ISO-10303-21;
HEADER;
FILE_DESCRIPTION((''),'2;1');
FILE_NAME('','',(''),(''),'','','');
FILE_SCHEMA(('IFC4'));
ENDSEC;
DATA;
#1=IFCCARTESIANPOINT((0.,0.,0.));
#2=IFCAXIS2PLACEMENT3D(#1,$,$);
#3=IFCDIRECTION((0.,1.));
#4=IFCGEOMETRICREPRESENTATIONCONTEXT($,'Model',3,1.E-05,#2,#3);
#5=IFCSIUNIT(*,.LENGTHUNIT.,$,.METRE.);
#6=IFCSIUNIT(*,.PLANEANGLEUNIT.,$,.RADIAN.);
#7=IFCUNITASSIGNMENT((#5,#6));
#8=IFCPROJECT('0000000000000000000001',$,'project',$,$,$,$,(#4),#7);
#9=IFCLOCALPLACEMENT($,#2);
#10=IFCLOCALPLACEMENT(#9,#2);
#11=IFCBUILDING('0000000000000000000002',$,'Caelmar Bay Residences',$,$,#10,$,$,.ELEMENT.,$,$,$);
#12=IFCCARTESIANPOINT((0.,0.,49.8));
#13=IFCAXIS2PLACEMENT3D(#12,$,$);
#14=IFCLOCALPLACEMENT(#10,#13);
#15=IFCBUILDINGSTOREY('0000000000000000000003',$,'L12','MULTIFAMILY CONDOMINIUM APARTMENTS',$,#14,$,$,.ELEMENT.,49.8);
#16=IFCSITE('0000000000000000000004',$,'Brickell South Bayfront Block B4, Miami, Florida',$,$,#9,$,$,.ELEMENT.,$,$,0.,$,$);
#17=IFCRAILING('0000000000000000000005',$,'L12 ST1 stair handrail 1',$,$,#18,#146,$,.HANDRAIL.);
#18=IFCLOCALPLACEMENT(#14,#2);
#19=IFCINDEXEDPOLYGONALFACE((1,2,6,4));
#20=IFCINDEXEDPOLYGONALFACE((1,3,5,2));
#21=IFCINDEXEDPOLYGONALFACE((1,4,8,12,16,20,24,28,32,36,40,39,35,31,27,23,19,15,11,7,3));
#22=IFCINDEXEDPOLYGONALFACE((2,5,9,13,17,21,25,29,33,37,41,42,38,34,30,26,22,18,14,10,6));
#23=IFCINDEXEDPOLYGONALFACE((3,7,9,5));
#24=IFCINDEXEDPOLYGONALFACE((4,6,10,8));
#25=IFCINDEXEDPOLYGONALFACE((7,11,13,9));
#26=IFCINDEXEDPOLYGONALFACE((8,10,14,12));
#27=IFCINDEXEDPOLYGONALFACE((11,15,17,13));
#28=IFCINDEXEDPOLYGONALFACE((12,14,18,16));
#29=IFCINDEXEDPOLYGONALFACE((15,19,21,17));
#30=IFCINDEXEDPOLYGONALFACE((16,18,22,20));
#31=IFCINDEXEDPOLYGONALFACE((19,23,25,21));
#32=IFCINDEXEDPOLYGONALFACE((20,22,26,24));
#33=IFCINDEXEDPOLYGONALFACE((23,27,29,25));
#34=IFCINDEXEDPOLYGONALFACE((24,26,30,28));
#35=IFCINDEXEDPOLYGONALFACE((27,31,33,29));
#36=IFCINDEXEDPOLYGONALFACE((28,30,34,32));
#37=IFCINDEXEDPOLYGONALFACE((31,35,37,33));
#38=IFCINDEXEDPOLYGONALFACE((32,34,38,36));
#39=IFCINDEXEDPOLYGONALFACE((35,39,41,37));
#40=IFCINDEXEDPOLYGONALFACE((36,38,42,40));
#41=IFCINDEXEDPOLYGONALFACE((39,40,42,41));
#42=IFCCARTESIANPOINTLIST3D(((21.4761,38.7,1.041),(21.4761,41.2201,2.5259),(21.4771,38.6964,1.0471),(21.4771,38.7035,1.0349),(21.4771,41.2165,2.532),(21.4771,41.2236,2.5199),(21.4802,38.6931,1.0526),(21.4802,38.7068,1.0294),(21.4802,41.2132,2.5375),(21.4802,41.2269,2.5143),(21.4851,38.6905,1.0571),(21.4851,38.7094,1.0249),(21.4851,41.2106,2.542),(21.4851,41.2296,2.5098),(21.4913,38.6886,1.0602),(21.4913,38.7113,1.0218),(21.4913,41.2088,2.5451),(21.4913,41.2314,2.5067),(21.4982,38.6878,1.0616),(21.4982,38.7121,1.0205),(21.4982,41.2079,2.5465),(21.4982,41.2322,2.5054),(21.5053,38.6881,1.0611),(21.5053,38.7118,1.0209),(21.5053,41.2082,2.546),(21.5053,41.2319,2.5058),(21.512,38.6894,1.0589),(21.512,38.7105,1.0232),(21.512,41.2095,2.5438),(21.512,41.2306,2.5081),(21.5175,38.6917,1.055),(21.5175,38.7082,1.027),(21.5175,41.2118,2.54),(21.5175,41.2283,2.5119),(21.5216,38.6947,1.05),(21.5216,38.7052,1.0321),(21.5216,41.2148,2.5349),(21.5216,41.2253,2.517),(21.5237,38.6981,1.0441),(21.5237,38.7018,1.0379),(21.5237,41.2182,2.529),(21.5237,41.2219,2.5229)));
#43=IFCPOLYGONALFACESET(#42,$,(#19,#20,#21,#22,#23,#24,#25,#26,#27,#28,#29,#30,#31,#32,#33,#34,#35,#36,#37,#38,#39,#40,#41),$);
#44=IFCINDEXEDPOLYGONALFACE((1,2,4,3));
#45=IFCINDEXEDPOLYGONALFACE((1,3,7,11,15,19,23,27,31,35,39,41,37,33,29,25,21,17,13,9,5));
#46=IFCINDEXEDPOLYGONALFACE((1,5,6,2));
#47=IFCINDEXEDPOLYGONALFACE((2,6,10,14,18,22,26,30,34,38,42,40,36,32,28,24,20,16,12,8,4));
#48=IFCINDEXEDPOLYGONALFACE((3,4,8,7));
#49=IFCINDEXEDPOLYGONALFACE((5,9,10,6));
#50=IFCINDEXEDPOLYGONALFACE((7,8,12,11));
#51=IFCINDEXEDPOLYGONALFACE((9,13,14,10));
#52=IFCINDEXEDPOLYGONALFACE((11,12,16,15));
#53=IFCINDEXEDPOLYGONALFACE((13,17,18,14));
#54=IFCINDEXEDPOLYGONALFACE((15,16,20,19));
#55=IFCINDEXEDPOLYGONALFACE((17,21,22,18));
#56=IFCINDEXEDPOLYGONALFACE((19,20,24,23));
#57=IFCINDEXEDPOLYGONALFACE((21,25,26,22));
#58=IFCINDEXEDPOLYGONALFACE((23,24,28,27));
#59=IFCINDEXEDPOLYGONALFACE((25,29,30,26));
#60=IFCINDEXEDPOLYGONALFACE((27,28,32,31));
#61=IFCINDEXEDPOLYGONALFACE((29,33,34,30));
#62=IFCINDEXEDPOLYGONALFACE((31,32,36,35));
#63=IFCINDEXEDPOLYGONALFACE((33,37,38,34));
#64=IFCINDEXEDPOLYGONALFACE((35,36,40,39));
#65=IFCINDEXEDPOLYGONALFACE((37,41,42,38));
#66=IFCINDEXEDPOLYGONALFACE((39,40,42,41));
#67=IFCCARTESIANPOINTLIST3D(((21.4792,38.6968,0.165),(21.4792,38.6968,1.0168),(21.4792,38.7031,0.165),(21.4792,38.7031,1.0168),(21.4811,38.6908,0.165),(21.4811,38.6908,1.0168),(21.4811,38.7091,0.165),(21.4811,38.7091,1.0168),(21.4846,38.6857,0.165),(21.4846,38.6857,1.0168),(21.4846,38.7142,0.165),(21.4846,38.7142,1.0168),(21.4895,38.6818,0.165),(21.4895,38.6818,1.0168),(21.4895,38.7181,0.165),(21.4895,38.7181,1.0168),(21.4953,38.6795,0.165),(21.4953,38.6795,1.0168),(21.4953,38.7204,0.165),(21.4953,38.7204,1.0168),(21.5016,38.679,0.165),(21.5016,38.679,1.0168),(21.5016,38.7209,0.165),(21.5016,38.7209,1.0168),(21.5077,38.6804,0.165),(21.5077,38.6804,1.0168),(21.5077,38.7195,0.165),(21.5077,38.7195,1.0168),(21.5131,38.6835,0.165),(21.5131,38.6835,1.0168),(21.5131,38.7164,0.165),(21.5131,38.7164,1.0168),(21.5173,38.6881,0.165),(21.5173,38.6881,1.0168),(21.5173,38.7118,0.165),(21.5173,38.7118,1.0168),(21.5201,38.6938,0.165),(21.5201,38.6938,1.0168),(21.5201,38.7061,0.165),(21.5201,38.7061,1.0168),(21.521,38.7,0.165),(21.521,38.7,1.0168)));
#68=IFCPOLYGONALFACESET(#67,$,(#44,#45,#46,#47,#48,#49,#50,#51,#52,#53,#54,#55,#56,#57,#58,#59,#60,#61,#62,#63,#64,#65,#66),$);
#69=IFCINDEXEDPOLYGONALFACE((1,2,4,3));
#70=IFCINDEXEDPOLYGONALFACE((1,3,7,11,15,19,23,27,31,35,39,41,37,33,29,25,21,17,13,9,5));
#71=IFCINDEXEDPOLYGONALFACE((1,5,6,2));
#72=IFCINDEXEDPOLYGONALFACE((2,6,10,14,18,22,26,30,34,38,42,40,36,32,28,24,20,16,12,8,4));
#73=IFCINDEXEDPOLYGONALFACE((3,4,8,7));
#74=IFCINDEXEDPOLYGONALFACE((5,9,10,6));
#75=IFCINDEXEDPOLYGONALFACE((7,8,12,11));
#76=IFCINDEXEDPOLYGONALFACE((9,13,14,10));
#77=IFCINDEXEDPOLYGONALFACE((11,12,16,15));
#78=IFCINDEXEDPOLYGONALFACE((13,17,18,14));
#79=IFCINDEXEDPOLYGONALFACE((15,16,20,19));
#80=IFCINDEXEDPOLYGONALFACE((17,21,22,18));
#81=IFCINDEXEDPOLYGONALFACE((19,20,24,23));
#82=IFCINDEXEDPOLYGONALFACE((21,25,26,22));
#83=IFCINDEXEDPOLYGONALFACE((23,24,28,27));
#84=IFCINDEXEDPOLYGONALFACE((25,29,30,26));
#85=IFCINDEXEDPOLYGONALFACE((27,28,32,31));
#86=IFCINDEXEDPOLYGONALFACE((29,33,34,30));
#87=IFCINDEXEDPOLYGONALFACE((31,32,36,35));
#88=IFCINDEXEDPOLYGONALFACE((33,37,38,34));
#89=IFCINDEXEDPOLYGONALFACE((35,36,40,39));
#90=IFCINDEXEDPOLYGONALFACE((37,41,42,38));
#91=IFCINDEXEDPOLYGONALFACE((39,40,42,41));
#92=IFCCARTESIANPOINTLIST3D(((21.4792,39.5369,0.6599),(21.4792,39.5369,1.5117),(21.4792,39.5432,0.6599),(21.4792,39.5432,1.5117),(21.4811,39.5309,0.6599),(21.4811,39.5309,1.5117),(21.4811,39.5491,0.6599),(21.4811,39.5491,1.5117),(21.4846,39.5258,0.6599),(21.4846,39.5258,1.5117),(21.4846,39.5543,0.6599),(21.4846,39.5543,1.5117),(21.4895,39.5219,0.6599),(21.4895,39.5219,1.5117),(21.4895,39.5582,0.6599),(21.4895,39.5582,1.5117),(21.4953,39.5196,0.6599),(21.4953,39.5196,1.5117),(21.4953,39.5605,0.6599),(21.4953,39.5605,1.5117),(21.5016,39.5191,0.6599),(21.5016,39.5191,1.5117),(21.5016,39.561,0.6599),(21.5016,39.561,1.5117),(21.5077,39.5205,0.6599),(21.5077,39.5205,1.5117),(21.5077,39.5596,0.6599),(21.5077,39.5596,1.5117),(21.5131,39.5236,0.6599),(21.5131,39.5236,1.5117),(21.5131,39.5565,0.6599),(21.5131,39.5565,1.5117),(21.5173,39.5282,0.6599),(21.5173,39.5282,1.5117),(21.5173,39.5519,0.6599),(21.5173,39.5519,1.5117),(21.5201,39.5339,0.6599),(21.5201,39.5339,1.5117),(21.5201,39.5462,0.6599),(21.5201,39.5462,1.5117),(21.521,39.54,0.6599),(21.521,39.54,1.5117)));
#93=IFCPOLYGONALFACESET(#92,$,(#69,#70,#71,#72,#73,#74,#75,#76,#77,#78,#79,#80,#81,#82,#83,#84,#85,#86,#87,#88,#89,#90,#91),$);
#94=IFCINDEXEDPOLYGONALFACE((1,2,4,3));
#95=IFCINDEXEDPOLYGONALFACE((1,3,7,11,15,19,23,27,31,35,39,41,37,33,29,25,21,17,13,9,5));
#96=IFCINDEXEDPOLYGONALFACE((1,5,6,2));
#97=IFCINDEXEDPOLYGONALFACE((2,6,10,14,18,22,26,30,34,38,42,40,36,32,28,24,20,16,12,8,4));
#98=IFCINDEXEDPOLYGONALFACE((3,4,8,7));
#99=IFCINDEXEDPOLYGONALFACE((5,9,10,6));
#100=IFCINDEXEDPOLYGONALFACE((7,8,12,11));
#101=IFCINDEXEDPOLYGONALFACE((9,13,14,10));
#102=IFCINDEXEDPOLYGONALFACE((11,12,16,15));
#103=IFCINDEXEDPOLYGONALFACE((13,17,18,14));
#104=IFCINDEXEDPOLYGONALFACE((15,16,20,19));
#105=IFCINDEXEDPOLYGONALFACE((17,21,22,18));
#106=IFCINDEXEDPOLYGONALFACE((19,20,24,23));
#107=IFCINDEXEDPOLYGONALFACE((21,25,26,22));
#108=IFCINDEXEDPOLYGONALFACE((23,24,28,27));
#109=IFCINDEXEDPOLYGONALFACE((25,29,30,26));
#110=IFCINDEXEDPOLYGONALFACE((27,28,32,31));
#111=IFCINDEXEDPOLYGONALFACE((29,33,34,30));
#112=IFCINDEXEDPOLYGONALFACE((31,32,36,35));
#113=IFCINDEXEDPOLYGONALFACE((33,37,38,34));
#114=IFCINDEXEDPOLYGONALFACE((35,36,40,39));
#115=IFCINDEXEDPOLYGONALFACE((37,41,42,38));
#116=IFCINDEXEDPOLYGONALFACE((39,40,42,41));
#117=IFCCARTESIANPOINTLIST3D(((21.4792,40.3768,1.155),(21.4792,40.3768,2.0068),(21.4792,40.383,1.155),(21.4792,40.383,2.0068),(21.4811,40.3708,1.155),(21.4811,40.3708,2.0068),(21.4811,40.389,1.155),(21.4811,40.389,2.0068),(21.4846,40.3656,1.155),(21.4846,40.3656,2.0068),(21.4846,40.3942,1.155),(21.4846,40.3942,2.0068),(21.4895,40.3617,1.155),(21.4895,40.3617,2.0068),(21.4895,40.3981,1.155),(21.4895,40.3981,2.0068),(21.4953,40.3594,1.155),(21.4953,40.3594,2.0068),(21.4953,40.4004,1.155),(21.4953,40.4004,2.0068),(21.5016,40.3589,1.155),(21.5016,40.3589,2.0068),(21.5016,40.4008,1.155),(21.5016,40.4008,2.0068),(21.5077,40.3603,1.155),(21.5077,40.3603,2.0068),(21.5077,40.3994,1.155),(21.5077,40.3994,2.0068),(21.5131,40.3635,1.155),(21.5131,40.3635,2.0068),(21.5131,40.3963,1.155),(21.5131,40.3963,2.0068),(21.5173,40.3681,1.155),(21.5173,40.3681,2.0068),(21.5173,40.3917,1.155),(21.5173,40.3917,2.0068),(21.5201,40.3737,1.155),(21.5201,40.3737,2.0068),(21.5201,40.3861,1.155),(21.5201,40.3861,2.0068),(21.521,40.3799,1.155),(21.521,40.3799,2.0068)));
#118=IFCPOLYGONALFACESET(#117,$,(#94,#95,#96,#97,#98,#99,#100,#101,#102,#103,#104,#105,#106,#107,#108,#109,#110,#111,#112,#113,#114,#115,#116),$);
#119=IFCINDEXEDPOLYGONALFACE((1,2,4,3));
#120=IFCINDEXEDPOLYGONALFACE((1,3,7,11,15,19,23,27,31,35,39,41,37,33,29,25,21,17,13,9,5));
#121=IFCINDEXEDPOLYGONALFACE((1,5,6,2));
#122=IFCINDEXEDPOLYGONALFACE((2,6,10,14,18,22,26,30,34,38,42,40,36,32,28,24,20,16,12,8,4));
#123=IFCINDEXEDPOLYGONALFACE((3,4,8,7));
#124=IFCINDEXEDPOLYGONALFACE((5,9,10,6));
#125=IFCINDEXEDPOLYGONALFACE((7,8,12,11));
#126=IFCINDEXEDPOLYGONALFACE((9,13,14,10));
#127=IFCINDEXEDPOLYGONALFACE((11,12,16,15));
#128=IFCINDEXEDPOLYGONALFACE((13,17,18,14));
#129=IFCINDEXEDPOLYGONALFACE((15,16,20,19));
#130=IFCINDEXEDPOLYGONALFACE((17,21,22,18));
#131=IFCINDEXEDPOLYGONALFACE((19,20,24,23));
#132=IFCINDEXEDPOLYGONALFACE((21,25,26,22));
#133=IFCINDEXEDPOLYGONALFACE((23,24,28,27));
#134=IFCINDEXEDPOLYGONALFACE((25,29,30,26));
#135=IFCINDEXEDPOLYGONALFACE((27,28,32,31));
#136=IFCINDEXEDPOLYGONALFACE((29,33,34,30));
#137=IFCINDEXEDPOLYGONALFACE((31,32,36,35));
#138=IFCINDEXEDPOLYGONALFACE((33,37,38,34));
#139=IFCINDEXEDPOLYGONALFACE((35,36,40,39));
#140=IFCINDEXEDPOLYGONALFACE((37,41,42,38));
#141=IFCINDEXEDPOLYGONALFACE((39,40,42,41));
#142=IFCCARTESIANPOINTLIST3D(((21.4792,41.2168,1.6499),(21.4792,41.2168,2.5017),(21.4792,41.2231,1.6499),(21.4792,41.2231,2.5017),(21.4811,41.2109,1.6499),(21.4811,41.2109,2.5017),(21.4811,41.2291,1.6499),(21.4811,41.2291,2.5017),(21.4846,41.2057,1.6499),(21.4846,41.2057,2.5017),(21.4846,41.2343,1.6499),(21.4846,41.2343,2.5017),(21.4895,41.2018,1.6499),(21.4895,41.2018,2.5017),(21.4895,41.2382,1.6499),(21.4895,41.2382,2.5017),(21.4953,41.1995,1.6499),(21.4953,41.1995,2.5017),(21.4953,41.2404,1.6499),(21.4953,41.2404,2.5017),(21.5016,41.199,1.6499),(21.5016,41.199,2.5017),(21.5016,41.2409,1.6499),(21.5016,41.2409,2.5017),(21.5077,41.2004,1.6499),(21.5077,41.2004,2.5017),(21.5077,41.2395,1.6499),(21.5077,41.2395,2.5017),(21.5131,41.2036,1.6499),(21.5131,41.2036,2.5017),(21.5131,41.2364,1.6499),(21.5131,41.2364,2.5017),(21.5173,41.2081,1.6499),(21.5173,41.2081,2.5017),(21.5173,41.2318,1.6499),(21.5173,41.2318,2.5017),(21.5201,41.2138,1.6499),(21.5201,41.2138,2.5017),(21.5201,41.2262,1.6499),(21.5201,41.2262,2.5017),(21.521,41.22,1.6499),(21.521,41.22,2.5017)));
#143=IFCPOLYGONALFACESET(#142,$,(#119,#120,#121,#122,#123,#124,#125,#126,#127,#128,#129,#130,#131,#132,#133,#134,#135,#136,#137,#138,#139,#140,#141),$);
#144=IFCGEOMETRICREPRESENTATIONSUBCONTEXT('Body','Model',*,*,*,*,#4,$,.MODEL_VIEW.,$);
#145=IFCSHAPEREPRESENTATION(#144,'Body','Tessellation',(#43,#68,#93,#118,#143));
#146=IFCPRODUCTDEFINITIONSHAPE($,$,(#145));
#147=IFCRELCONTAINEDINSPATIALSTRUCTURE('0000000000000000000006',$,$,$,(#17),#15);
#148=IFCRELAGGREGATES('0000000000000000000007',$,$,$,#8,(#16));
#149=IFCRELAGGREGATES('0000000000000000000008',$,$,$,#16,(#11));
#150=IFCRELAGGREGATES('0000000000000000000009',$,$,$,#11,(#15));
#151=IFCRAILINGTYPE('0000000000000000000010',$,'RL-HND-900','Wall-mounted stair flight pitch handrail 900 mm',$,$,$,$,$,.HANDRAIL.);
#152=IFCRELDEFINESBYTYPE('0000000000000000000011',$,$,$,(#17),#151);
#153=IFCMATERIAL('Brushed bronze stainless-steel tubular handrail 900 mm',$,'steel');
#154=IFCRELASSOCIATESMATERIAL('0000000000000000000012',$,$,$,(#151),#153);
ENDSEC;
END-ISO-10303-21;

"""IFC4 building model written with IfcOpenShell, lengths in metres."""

from ifc_helpers import new_model, si_unit, direction, frame, origin, origin_2d, place, context, subcontext, project, spatial, circle, extrude, material, type_object, element, save


model = new_model("IFC4")

# Units and contexts
model_context = context("Model", 3, precision=1e-05, world=origin(), true_north=direction((0.0, 1.0)))
body_context = subcontext(model_context, "Body", "Model", "MODEL_VIEW")
ifc_project = project(units=[si_unit("LENGTHUNIT", "METRE"), si_unit("PLANEANGLEUNIT", "RADIAN")], contexts=[model_context])

# Site, building, storey
site_placement = place(None, origin())
site = spatial("IfcSite", under=ifc_project, at=site_placement, Name="Brickell South Bayfront Block B4, Miami, Florida", CompositionType="ELEMENT", RefElevation=0.0)
building_placement = place(site_placement, origin())
building = spatial("IfcBuilding", under=site, at=building_placement, Name="Caelmar Bay Residences", CompositionType="ELEMENT")
storey_placement = place(building_placement, frame((0.0, 0.0, 49.8)))
storey = spatial("IfcBuildingStorey", under=building, at=storey_placement, Name="L12", Description="MULTIFAMILY CONDOMINIUM APARTMENTS", CompositionType="ELEMENT", Elevation=49.8)

# Railing
ifc_material_1 = material(Name="Brushed bronze stainless-steel tubular handrail 900 mm", Category="steel")
railing_type_1 = type_object("IfcRailingType", Name="RL-HND-900", Description="Wall-mounted stair flight pitch handrail 900 mm", PredefinedType="HANDRAIL", material=ifc_material_1)
for number, where, name in (
    (1, (21.5, 38.7, 0.165), "L12 ST1 stair handrail 1"),
):
    element("IfcRailing", number, at=place(storey_placement, frame(where)), inside=storey, type_object=railing_type_1, Name=name, PredefinedType="HANDRAIL", context=body_context, shape_type="SweptSolid", body=[
        extrude(circle(Radius=0.0239, at=origin_2d()), frame((0.0, 0.0, 0.876), z_axis=(0.0, 0.861561, 0.507655), x_axis=(-1.0, 0.0, 0.0)), (0.0, 0.0, 1.0), 2.925),
        extrude(circle(Radius=0.021, at=origin_2d()), origin(), (0.0, 0.0, 1.0), 0.8518),
        extrude(circle(Radius=0.021, at=origin_2d()), frame((0.0, 0.8401, 0.4949)), (0.0, 0.0, 1.0), 0.8518),
        extrude(circle(Radius=0.021, at=origin_2d()), frame((0.0, 1.6799, 0.99)), (0.0, 0.0, 1.0), 0.8518),
        extrude(circle(Radius=0.021, at=origin_2d()), frame((0.0, 2.52, 1.4849)), (0.0, 0.0, 1.0), 0.8518),
    ])

save(model, "model.ifc")
